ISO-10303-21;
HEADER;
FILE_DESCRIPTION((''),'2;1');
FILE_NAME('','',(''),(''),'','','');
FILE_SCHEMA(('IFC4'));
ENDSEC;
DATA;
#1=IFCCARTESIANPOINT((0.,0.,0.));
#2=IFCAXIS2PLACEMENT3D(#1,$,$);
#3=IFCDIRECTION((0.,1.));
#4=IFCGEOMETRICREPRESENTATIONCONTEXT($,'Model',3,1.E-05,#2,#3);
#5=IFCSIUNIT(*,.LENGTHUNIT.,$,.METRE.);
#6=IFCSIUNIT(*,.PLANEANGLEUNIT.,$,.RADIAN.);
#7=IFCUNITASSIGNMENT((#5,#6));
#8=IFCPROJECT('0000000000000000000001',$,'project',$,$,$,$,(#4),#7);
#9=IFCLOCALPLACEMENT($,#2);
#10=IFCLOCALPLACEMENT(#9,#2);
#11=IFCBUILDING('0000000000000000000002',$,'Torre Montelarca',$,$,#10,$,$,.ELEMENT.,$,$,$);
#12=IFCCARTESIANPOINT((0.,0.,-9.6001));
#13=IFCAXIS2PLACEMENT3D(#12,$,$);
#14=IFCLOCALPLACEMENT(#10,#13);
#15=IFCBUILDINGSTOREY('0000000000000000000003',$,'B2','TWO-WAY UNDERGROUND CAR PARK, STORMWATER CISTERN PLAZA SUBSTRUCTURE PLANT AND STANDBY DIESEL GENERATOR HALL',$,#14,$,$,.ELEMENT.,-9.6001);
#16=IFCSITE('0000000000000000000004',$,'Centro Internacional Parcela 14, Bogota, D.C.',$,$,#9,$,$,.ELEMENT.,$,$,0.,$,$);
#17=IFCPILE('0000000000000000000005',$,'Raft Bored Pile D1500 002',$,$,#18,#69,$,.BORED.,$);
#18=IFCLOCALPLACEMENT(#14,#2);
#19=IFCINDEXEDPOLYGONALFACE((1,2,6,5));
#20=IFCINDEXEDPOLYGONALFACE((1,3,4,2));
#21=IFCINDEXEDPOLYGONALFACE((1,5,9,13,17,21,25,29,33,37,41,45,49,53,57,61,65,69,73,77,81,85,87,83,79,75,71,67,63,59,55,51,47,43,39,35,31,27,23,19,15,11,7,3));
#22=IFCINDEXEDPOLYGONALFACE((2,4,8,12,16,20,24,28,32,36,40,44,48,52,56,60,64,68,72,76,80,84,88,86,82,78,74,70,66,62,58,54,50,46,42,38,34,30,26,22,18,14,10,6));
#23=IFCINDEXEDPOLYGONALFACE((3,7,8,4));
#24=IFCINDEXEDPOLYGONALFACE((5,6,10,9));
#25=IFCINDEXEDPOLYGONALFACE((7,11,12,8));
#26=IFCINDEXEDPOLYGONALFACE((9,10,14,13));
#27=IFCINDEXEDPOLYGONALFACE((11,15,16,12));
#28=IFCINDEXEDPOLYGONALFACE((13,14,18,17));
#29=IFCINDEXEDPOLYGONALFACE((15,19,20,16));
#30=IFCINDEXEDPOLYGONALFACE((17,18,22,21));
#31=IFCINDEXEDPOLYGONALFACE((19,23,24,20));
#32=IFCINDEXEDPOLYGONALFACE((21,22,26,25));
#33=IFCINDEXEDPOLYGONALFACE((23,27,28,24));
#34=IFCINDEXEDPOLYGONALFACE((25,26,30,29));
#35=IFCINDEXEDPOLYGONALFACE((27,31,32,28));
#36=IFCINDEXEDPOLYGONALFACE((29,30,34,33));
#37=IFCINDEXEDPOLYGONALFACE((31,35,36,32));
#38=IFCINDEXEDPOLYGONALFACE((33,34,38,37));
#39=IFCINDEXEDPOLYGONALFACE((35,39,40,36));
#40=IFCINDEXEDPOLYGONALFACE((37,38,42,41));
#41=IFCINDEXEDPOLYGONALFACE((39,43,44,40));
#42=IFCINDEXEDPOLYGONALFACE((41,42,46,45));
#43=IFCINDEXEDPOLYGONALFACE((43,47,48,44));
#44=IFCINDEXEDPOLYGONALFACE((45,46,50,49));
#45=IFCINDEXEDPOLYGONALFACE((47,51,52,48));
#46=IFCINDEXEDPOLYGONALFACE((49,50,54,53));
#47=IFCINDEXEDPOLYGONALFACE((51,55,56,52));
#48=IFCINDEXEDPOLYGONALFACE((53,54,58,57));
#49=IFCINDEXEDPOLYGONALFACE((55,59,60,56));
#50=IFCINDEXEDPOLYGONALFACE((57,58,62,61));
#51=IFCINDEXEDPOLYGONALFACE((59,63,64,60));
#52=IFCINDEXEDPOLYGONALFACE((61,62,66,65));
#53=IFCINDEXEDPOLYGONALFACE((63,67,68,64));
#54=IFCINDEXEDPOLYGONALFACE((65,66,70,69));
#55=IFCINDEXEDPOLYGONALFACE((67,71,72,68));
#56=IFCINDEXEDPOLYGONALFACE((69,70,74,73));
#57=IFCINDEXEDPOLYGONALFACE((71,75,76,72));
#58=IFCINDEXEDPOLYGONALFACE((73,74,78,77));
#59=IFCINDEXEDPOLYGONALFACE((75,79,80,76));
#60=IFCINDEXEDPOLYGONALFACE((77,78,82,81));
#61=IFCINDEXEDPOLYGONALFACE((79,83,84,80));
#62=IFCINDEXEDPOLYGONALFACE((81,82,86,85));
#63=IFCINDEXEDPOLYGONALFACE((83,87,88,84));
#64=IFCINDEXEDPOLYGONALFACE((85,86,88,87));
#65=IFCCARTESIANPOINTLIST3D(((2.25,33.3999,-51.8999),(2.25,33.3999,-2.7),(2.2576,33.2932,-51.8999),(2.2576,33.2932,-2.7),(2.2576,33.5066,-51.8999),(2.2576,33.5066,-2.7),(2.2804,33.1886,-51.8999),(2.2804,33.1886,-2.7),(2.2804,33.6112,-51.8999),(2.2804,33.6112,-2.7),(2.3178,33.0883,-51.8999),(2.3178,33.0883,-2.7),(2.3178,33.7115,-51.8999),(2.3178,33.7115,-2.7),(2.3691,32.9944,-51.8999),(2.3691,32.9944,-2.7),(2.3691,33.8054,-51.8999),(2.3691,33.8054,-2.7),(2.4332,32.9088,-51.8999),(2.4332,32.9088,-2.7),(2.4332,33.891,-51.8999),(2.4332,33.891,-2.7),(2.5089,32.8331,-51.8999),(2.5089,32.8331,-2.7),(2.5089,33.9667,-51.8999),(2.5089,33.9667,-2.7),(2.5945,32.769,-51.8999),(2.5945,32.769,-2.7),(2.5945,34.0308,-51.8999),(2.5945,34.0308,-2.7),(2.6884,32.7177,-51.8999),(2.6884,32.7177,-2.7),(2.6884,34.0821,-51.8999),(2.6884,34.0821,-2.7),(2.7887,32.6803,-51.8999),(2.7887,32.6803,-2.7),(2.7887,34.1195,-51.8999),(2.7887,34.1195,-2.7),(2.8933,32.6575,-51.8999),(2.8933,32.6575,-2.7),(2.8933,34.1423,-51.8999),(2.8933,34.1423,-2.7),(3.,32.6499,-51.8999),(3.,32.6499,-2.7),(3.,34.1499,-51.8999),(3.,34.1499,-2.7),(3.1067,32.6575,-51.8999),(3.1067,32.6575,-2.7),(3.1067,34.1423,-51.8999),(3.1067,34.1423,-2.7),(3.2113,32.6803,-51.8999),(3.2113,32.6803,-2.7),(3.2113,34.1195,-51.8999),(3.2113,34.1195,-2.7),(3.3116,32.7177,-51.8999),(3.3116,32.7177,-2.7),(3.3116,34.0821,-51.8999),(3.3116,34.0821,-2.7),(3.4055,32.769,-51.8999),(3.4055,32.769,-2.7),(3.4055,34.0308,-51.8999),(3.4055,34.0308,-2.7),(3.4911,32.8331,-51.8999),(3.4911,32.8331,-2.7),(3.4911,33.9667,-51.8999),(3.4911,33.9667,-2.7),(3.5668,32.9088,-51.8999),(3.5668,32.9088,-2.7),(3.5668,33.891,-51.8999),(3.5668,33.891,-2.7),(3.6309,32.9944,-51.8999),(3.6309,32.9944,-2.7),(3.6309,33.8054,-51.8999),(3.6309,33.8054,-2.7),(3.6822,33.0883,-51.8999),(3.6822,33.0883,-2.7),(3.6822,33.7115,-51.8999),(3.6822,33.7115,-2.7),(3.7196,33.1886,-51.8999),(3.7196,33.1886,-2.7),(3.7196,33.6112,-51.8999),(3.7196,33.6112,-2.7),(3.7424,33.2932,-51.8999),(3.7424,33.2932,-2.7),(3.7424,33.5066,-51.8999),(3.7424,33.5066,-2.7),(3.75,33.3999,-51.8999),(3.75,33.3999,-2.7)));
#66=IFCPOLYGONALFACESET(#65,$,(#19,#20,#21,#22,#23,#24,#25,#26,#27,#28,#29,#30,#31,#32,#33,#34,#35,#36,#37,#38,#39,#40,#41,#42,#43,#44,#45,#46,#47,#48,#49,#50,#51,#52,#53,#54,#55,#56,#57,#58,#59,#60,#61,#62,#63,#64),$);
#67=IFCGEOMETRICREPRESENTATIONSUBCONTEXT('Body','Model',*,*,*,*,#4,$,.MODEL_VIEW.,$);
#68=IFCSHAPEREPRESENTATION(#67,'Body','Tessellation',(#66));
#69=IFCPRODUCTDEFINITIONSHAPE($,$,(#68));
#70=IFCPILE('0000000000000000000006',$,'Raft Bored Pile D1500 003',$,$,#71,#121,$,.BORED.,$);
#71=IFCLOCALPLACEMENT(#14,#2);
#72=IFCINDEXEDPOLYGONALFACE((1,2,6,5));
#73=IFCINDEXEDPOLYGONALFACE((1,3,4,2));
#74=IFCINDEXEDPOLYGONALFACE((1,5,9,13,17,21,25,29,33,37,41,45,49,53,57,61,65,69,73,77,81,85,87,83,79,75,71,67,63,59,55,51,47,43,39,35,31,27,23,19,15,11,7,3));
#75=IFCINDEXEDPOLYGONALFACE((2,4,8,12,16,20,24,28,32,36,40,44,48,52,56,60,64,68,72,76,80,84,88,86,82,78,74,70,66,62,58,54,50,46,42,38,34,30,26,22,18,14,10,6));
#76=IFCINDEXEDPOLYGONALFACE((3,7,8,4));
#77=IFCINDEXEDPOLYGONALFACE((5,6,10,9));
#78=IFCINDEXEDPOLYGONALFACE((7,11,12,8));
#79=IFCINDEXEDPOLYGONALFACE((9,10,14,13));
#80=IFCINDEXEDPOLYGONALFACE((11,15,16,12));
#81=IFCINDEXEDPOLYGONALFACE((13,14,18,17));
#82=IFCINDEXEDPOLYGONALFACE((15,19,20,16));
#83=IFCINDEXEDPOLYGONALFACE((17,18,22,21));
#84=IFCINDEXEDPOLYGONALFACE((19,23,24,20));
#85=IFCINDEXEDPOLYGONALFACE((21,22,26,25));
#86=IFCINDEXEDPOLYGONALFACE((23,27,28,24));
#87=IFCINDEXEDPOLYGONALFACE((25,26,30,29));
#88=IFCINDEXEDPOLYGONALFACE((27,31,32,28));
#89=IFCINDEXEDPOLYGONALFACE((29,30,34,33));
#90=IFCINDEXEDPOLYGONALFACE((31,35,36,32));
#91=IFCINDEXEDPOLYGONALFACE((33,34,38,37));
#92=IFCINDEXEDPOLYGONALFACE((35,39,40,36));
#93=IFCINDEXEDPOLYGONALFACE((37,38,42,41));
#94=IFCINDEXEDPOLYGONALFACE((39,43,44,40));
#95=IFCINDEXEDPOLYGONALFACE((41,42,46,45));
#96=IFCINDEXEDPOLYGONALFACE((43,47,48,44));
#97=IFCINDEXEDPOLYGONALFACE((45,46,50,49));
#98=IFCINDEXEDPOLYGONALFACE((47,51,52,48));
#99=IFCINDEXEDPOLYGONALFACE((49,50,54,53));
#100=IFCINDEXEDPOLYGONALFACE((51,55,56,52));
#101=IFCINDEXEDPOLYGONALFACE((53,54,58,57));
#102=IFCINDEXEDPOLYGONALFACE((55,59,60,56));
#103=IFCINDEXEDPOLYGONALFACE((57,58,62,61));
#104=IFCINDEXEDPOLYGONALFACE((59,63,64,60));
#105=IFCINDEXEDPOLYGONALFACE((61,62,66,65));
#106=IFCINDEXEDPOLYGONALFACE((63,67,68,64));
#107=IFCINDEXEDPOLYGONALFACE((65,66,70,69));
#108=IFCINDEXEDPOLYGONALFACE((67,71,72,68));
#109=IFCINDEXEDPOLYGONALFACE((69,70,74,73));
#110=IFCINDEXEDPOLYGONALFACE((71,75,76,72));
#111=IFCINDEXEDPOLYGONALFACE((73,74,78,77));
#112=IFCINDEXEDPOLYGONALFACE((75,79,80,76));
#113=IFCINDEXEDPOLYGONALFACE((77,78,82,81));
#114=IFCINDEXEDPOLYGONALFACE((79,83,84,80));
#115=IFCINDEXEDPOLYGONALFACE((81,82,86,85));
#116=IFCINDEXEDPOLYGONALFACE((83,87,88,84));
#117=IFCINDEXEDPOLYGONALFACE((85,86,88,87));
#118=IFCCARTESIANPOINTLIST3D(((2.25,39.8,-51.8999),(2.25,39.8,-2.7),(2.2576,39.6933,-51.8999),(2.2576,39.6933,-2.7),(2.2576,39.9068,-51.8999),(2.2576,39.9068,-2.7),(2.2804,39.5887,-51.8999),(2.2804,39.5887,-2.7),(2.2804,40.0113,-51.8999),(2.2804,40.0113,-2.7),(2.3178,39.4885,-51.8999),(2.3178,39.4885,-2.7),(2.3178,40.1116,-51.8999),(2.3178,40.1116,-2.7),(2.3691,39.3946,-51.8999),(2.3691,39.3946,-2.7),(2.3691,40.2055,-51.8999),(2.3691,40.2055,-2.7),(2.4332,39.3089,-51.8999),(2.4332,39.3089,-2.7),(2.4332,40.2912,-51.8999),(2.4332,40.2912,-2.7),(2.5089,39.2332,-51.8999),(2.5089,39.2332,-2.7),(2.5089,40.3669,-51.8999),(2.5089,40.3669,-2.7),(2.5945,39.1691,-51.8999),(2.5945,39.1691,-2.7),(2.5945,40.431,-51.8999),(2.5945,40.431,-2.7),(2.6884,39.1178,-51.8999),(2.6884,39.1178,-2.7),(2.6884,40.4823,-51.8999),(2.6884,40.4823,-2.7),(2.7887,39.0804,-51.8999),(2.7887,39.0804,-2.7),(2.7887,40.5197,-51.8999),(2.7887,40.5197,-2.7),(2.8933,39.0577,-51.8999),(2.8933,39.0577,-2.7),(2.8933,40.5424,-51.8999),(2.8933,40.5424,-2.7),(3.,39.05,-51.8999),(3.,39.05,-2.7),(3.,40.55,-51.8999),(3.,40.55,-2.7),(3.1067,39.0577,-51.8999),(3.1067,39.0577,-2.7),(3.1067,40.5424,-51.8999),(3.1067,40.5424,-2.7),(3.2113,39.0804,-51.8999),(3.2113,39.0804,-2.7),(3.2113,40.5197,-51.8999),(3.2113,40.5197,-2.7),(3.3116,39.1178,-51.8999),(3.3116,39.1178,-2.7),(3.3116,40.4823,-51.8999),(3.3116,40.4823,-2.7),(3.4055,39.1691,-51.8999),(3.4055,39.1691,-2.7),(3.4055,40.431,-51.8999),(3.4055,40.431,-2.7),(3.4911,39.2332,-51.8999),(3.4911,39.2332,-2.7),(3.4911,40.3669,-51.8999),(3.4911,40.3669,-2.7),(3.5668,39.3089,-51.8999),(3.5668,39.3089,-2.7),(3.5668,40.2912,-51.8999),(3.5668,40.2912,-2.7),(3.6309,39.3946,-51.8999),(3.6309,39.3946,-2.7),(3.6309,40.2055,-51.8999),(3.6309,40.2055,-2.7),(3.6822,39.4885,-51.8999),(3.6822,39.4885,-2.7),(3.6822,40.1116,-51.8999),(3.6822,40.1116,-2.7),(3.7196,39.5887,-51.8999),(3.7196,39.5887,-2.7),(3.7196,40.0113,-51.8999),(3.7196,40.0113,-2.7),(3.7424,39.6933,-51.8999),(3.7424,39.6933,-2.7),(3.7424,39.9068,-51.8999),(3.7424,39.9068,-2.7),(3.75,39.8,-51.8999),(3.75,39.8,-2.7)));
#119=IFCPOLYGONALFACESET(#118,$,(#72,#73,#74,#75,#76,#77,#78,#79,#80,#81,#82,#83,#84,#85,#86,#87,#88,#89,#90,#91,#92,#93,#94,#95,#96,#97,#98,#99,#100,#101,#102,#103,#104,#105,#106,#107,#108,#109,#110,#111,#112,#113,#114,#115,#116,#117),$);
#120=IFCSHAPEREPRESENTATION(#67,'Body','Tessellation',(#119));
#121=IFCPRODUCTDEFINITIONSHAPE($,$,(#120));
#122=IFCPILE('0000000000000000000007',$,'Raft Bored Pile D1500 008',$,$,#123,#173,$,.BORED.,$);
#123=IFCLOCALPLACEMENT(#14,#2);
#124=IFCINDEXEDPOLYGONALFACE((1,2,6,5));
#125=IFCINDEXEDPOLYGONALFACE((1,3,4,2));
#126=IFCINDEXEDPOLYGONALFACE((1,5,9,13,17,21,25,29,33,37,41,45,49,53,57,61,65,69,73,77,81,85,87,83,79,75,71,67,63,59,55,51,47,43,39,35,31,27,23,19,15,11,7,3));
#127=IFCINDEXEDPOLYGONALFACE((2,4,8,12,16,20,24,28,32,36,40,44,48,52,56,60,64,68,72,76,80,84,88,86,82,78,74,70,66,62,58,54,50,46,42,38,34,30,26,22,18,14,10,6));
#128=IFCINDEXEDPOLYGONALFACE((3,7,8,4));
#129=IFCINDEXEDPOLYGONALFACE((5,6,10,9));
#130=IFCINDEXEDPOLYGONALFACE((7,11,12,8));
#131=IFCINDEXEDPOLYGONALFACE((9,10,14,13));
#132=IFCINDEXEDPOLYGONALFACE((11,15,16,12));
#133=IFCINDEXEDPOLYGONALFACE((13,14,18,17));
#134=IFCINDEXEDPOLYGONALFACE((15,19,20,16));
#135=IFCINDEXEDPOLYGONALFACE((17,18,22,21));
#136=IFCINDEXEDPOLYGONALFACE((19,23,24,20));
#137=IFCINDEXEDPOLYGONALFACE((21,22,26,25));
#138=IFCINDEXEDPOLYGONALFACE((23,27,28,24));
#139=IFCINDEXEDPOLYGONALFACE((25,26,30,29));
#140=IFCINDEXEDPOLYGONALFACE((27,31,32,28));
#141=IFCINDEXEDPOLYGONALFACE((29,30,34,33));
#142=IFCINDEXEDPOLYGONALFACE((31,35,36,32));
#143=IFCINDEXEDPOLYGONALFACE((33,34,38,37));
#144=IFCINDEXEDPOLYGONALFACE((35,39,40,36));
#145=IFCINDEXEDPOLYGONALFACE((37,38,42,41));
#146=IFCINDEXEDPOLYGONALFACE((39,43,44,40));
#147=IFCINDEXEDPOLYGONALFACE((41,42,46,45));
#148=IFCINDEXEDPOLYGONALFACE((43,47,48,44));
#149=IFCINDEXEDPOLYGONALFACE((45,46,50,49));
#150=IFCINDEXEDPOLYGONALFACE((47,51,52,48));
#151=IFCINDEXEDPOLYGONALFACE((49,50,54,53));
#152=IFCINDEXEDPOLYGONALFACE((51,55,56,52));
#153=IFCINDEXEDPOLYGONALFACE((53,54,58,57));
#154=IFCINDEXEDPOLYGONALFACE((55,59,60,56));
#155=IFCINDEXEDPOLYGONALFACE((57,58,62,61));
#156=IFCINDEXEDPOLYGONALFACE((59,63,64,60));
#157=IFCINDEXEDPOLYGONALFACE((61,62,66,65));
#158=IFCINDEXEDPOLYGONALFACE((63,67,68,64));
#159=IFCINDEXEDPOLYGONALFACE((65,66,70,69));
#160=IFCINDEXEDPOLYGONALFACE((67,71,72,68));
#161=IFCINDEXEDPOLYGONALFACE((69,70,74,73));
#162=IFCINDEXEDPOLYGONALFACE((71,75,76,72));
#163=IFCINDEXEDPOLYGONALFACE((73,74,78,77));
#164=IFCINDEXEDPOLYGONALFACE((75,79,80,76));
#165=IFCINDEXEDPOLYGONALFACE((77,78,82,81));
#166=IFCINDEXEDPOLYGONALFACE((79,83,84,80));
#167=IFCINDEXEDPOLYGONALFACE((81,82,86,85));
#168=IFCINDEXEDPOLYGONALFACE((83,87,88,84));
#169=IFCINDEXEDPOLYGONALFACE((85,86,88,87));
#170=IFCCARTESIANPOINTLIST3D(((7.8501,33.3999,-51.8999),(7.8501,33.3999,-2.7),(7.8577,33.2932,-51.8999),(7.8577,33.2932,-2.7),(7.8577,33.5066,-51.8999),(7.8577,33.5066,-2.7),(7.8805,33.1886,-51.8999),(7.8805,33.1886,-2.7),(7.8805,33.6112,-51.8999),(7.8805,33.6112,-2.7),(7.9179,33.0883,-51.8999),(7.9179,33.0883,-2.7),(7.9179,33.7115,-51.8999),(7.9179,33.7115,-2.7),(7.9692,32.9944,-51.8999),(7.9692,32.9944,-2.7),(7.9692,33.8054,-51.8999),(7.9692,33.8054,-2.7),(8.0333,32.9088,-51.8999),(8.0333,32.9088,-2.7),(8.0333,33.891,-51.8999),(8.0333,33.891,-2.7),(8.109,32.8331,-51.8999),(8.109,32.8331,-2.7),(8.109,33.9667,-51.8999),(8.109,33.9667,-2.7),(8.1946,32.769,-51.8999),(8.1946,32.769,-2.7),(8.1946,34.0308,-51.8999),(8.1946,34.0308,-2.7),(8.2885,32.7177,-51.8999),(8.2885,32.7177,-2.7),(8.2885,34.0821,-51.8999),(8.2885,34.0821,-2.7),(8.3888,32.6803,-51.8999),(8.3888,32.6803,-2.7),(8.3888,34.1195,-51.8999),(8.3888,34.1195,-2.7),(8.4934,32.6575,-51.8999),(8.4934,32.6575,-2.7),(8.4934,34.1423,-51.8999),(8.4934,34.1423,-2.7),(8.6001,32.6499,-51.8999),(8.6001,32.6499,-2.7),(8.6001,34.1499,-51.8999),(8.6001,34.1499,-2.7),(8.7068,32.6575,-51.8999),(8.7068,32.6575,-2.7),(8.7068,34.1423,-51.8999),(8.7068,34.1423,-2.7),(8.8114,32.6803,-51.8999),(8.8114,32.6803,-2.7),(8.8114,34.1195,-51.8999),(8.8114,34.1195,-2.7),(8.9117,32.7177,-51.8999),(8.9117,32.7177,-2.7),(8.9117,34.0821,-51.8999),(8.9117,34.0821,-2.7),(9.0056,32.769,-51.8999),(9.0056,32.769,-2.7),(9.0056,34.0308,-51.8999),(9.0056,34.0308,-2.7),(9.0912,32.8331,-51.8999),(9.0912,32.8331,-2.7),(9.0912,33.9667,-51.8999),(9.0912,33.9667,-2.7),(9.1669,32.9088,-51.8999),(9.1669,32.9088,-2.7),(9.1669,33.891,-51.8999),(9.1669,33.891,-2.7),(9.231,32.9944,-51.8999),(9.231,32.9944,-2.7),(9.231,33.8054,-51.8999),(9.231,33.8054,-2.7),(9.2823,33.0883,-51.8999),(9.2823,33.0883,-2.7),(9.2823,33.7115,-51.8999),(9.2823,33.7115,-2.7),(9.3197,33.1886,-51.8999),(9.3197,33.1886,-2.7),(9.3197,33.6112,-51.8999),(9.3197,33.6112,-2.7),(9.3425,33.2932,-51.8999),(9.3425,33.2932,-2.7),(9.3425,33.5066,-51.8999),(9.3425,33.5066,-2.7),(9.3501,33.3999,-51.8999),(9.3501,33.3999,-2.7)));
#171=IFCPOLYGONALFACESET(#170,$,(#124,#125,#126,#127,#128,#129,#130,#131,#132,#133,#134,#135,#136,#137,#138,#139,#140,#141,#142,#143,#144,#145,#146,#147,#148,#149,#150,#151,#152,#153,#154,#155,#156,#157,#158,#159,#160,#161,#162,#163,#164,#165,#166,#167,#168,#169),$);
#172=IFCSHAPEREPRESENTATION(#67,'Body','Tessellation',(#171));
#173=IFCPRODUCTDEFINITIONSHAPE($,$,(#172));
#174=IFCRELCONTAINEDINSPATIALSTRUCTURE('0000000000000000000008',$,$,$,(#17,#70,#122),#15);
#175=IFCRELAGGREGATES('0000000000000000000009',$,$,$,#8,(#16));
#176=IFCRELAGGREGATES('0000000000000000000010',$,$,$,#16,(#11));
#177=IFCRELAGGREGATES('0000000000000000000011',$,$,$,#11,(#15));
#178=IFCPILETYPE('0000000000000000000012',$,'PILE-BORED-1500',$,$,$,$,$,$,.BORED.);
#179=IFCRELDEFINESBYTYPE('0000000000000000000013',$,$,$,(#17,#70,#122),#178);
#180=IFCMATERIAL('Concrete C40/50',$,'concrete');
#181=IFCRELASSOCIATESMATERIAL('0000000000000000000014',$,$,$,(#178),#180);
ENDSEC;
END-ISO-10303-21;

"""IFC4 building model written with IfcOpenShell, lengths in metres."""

from ifc_helpers import new_model, si_unit, direction, frame, origin, origin_2d, place, context, subcontext, project, spatial, circle, extrude, source, transform, mapped, material, material_profile, profile_set, type_object, element, save


model = new_model("IFC4")

# Units and contexts
model_context = context("Model", 3, precision=1e-05, world=origin(), true_north=direction((0.0, 1.0)))
body_context = subcontext(model_context, "Body", "Model", "MODEL_VIEW")
ifc_project = project(units=[si_unit("LENGTHUNIT", "METRE"), si_unit("PLANEANGLEUNIT", "RADIAN")], contexts=[model_context])

# Site, building, storey
site_placement = place(None, origin())
site = spatial("IfcSite", under=ifc_project, at=site_placement, Name="Centro Internacional Parcela 14, Bogota, D.C.", CompositionType="ELEMENT", RefElevation=0.0)
building_placement = place(site_placement, origin())
building = spatial("IfcBuilding", under=site, at=building_placement, Name="Torre Montelarca", CompositionType="ELEMENT")
storey_placement = place(building_placement, frame((0.0, 0.0, -9.6001)))
storey = spatial("IfcBuildingStorey", under=building, at=storey_placement, Name="B2", Description="TWO-WAY UNDERGROUND CAR PARK, STORMWATER CISTERN PLAZA SUBSTRUCTURE PLANT AND STANDBY DIESEL GENERATOR HALL", CompositionType="ELEMENT", Elevation=-9.6001)

# Piles
ifc_material_1 = material(Name="Concrete C40/50", Category="concrete")
ifc_material_profile_1 = material_profile(ifc_material_1, circle(Radius=0.75, at=origin_2d()), Name="PILE-D1500", Category="concrete")
ifc_profile_set_1 = profile_set([ifc_material_profile_1], Name="Concrete C40/50")
pile_type = type_object("IfcPileType", Name="PILE-BORED-1500", PredefinedType="BORED", material=ifc_profile_set_1)
shared_shape_1 = source(origin(), body_context, "Body", "SweptSolid", [
    extrude(circle(Radius=0.75, at=origin_2d()), origin(), (0.0, 0.0, 1.0), 49.2),
])
for number, where, z_axis, x_axis, name in (
    (1, (3.0, 33.3999, -2.7), (0.0, 0.0, -1.0), (1.0, 0.0, 0.0), "Raft Bored Pile D1500 002"),
    (2, (3.0, 39.8, -2.7), (0.0, 0.0, -1.0), (1.0, 0.0, 0.0), "Raft Bored Pile D1500 003"),
    (3, (8.6001, 33.3999, -2.7), (0.0, 0.0, -1.0), (1.0, 0.0, 0.0), "Raft Bored Pile D1500 008"),
):
    element("IfcPile", number, at=place(storey_placement, frame(where, z_axis=z_axis, x_axis=x_axis)), inside=storey, type_object=pile_type, Name=name, PredefinedType="BORED", context=body_context, shape_type="MappedRepresentation", body=[
        mapped(shared_shape_1, transform((0.0, 0.0, 0.0), scale=1.0)),
    ])

save(model, "model.ifc")
